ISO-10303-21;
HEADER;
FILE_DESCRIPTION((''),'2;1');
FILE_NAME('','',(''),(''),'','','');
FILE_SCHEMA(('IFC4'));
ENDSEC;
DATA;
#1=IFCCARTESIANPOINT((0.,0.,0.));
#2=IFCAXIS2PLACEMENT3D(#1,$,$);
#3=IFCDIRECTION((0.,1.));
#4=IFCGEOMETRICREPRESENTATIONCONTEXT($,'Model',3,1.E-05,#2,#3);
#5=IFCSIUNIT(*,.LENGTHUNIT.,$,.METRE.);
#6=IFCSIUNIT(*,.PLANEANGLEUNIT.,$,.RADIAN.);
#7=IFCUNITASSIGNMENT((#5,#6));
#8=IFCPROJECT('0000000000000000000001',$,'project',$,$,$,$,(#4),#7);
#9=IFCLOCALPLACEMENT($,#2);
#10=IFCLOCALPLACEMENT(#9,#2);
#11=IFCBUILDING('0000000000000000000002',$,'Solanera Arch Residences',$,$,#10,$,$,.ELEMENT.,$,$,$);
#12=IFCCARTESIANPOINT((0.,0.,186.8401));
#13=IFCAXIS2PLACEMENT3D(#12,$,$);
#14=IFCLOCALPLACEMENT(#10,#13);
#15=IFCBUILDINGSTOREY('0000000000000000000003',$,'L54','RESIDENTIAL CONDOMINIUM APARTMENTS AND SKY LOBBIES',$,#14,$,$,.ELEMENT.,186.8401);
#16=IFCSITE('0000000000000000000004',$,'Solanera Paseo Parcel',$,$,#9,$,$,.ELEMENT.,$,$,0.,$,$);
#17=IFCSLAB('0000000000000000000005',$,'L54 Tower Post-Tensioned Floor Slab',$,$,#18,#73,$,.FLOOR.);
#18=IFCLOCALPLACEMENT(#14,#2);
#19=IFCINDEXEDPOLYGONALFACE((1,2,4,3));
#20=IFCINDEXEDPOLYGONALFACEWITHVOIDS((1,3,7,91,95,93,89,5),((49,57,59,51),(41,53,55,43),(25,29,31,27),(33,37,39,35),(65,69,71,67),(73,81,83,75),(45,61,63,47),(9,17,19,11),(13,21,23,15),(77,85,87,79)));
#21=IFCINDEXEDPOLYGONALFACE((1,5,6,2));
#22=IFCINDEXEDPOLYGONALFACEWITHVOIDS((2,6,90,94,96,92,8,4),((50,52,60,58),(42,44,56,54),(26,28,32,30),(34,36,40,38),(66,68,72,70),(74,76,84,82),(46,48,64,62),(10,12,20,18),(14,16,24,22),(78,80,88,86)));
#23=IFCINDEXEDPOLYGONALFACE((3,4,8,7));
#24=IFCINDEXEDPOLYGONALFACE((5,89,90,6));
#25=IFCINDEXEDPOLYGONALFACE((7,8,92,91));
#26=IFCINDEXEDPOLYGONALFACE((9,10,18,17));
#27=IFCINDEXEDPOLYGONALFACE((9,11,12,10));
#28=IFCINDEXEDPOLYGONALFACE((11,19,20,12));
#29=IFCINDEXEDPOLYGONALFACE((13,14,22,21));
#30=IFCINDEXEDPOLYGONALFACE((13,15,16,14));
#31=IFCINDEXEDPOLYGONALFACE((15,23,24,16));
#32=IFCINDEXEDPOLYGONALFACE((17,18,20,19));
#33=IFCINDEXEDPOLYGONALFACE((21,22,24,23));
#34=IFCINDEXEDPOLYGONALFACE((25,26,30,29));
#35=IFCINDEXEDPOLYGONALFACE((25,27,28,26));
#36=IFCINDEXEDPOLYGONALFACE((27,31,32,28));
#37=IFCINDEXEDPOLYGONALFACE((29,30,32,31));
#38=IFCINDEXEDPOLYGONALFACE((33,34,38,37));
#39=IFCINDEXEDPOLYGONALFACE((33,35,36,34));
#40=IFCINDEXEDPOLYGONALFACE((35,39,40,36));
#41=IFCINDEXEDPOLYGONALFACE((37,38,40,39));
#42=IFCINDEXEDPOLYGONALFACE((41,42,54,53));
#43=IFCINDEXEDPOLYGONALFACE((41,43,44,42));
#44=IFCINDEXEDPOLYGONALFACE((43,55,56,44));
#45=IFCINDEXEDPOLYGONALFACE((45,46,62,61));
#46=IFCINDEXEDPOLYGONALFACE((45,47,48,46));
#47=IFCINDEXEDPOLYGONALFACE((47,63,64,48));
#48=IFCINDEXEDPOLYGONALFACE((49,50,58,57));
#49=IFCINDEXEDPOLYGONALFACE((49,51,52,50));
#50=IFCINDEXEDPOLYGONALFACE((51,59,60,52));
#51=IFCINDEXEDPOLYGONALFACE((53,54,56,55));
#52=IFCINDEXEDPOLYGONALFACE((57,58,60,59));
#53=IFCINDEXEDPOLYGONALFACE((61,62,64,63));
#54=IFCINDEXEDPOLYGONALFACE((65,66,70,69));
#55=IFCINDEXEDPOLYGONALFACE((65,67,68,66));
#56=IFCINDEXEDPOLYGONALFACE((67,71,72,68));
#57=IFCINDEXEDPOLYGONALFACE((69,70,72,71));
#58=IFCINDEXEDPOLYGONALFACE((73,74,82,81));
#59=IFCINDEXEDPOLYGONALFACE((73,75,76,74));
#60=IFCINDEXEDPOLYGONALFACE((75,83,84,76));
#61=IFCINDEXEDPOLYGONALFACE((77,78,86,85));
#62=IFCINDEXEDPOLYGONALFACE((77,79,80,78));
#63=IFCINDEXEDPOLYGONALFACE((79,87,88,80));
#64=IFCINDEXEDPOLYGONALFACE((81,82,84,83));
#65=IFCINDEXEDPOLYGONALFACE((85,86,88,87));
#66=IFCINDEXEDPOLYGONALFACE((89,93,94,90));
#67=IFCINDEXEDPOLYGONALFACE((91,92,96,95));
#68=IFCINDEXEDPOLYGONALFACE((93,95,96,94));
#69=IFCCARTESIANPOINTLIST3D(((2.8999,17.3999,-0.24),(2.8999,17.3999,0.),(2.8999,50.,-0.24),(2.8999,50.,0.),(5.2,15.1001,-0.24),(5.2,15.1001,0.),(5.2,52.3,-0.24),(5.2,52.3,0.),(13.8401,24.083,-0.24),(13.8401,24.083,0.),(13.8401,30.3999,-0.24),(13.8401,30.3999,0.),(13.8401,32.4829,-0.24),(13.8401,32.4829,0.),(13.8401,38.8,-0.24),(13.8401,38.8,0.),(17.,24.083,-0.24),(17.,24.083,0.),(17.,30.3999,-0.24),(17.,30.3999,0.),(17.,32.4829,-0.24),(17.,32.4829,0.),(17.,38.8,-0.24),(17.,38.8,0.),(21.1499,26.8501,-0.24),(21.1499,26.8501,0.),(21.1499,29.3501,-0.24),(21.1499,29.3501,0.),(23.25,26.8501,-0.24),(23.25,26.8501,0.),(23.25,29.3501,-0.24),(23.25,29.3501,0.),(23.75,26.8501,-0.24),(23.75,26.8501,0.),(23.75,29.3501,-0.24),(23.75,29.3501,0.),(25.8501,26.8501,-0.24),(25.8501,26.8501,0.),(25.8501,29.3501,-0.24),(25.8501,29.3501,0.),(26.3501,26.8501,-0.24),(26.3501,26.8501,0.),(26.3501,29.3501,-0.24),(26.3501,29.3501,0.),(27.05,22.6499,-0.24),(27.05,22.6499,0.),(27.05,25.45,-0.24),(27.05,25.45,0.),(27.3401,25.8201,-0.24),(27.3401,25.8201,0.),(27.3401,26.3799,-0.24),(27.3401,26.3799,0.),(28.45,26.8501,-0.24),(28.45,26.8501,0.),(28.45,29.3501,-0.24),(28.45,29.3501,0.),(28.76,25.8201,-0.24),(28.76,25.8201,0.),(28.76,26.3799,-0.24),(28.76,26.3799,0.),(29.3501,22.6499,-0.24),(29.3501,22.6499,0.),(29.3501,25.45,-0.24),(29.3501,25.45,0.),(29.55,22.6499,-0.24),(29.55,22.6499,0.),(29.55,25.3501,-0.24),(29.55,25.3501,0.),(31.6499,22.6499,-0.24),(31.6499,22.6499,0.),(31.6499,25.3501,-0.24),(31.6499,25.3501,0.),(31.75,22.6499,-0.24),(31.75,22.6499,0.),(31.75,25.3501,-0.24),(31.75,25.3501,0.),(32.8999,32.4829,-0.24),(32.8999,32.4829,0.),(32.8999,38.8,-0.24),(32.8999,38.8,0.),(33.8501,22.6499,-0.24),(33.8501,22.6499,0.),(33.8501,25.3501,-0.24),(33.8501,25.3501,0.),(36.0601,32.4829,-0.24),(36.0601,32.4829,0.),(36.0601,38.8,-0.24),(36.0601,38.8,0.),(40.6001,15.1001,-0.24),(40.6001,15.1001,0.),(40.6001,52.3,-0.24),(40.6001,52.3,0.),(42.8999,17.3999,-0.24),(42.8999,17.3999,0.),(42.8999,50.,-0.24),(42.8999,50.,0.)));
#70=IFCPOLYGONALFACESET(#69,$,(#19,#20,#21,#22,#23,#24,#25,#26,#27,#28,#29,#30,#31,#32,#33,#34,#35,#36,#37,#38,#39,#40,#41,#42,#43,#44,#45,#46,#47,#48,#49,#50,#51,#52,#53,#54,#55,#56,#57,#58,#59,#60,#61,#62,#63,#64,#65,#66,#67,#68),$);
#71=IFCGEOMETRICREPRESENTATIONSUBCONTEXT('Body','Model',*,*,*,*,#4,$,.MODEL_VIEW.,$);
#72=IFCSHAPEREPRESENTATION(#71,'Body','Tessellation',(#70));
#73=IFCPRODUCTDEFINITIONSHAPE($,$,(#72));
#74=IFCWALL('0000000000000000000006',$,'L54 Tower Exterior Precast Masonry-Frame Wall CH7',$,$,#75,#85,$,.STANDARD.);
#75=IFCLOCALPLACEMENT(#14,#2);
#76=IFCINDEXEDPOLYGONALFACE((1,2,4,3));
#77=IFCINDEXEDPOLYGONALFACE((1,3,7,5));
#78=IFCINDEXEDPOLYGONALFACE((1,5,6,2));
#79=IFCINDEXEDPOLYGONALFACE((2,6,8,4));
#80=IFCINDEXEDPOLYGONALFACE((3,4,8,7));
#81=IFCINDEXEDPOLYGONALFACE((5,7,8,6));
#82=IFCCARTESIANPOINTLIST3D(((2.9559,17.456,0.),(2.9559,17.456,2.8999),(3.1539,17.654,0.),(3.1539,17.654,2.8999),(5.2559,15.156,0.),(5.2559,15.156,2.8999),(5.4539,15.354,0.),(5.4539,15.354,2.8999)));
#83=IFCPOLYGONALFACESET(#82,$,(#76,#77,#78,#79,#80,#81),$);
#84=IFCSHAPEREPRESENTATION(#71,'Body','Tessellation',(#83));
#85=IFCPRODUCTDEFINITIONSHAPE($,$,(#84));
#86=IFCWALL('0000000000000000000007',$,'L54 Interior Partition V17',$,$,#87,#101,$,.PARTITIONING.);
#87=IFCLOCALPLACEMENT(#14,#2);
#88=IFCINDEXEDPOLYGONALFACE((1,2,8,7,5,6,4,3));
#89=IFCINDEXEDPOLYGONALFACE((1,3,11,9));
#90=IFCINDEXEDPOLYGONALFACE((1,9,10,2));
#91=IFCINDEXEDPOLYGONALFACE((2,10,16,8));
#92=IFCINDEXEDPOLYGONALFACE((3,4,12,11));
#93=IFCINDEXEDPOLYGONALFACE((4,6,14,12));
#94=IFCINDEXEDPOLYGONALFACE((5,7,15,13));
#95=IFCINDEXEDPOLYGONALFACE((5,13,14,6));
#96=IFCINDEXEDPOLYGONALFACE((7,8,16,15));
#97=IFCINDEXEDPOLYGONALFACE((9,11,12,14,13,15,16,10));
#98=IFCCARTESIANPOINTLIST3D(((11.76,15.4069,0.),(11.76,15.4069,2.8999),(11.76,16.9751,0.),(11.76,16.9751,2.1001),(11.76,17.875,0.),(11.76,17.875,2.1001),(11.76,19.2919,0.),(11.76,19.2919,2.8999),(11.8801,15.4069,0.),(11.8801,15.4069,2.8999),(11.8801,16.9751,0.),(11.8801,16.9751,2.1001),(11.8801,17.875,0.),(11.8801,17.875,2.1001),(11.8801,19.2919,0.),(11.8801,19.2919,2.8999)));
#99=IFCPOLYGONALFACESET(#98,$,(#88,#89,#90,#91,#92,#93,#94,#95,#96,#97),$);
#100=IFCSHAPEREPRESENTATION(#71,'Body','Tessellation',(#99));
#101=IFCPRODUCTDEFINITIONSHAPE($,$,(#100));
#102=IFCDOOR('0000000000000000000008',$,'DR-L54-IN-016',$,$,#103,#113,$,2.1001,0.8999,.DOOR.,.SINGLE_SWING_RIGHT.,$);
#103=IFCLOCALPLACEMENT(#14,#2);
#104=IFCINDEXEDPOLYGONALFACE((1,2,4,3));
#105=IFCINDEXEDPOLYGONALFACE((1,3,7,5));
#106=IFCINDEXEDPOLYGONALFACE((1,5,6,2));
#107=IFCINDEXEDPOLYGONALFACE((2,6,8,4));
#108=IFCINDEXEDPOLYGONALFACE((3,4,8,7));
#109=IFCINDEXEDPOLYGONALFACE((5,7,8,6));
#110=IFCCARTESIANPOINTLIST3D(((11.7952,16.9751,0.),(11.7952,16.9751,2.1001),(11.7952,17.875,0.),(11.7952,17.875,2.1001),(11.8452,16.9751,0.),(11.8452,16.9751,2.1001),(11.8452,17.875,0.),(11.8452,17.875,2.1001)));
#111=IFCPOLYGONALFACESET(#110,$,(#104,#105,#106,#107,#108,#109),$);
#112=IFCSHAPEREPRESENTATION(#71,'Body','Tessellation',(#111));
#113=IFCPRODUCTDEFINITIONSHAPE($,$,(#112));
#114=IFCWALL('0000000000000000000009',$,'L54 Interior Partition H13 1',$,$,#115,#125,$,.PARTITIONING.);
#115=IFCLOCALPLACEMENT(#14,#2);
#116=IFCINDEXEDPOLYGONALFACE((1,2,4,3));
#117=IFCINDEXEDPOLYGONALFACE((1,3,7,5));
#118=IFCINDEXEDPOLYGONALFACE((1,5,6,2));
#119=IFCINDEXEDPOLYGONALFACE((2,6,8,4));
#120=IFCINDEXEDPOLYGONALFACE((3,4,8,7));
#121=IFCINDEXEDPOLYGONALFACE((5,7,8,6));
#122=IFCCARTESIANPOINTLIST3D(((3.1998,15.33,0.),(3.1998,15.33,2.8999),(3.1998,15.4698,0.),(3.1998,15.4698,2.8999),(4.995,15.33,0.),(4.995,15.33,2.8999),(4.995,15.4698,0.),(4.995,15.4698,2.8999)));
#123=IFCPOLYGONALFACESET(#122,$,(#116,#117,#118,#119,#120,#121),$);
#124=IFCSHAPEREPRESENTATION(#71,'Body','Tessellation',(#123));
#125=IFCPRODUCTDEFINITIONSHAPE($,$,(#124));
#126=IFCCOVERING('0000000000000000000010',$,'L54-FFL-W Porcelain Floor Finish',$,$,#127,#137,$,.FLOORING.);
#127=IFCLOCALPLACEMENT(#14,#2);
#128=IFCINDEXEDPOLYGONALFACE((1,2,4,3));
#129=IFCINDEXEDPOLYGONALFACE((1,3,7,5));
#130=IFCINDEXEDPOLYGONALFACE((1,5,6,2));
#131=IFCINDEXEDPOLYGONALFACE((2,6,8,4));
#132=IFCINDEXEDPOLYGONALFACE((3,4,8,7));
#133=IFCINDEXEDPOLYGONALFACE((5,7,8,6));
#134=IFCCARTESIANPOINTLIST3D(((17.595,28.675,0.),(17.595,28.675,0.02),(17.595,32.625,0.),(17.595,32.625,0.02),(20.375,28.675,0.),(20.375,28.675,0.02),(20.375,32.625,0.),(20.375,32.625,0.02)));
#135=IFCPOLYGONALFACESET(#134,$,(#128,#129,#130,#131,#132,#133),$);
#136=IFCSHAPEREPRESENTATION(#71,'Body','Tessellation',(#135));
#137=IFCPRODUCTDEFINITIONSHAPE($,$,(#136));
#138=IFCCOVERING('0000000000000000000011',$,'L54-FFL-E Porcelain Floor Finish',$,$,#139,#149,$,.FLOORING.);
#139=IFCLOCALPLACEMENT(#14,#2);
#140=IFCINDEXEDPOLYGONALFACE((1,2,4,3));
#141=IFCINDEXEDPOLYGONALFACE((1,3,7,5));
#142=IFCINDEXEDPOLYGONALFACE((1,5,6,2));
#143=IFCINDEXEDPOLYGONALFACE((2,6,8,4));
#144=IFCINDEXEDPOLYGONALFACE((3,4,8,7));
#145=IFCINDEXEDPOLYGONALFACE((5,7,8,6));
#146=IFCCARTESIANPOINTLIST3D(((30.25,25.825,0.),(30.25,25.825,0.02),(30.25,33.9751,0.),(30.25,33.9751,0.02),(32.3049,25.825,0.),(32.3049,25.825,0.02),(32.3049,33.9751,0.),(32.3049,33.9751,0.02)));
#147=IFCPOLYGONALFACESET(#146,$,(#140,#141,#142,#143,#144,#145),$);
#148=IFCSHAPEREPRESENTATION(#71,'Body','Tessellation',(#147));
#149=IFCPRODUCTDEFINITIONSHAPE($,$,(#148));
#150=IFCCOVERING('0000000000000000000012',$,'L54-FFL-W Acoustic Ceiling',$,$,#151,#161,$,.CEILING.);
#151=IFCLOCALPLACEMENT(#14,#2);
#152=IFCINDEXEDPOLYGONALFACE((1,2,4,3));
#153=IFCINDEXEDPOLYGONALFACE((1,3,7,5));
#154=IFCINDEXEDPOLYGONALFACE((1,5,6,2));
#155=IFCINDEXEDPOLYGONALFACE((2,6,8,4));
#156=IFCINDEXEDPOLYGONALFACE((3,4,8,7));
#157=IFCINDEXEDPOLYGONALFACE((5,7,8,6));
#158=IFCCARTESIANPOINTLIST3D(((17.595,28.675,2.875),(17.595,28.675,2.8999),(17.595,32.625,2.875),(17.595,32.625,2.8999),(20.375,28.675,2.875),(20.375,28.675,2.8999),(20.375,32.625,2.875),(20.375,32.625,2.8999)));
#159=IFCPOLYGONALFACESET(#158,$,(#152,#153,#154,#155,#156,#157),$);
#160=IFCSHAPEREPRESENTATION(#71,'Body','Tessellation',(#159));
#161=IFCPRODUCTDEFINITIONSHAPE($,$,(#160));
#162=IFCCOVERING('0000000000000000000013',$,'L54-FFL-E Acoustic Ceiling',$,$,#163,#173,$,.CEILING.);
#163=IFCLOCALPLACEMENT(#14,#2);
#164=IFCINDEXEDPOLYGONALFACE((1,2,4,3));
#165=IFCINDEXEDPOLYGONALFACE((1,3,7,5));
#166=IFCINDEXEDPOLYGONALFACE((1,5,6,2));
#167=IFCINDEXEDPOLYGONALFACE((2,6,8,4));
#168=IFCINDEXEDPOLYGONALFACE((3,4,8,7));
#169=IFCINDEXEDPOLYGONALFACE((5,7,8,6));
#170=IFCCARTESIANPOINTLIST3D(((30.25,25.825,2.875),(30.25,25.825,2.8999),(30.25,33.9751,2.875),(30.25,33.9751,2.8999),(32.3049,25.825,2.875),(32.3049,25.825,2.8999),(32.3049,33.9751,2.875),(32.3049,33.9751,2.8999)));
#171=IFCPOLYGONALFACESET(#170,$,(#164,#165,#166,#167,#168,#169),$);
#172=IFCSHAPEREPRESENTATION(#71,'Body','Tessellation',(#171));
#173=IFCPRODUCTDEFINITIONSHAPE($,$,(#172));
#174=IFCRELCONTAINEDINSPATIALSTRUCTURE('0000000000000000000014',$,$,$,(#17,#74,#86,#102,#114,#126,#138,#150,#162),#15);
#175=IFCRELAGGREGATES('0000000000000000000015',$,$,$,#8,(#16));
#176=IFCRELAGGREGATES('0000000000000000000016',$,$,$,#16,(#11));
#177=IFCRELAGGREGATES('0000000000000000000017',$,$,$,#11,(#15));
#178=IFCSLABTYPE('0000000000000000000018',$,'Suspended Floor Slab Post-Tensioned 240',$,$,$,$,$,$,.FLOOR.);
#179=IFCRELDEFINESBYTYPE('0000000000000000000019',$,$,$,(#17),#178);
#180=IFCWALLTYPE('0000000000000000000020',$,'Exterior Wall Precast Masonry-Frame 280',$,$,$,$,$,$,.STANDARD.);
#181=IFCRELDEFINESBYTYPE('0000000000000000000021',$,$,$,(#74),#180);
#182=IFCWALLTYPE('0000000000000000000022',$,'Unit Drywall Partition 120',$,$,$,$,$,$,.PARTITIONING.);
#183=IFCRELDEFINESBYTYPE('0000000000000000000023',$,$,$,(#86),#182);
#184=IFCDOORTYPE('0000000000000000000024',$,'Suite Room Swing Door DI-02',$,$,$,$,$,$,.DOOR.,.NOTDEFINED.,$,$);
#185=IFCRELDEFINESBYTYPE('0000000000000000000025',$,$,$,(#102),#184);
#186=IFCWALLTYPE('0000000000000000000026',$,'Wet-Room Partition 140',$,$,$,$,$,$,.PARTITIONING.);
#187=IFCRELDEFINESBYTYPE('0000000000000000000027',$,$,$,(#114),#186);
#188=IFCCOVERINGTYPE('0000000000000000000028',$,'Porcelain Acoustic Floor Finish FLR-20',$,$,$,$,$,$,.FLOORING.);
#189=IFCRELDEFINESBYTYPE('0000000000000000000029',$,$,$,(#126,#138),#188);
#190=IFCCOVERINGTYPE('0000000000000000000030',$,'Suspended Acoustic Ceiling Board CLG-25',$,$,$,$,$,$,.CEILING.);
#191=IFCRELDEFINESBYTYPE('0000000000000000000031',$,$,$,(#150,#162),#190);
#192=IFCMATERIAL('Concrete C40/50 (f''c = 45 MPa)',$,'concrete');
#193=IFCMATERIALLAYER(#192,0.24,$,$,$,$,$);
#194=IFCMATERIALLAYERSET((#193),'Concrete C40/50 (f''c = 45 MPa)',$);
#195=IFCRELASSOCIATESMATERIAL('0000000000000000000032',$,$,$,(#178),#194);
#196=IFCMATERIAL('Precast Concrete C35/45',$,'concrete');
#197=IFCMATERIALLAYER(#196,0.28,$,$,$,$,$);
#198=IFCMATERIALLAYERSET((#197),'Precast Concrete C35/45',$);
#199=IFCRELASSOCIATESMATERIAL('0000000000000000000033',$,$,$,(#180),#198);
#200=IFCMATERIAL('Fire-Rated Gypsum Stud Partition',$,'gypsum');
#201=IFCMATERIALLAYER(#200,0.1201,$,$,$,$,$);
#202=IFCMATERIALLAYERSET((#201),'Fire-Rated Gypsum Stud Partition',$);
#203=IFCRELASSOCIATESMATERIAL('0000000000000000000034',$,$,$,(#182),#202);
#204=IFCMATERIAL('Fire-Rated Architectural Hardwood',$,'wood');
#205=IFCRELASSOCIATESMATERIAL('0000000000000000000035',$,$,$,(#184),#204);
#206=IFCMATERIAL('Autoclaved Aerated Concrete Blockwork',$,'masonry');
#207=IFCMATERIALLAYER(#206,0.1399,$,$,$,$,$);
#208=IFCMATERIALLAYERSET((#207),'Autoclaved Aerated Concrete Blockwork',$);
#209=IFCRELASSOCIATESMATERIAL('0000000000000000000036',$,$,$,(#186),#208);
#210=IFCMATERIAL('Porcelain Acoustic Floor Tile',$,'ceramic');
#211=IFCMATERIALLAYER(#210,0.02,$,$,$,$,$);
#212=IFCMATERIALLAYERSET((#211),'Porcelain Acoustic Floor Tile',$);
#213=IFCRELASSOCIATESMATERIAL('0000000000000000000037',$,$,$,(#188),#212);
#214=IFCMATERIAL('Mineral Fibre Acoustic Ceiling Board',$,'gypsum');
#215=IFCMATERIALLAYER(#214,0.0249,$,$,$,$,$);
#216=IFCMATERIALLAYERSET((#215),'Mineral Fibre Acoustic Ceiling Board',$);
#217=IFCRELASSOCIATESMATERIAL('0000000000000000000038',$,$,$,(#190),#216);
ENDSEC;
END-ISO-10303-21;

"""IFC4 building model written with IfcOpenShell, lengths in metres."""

from ifc_helpers import new_model, si_unit, direction, frame, frame_2d, origin, place, context, subcontext, project, spatial, polyline, rectangle, outline, extrude, material, layer, layer_set, type_object, element, fill, save


model = new_model("IFC4")

# Units and contexts
model_context = context("Model", 3, precision=1e-05, world=origin(), true_north=direction((0.0, 1.0)))
body_context = subcontext(model_context, "Body", "Model", "MODEL_VIEW")
ifc_project = project(units=[si_unit("LENGTHUNIT", "METRE"), si_unit("PLANEANGLEUNIT", "RADIAN")], contexts=[model_context])

# Site, building, storey
site_placement = place(None, origin())
site = spatial("IfcSite", under=ifc_project, at=site_placement, Name="Solanera Paseo Parcel", CompositionType="ELEMENT", RefElevation=0.0)
building_placement = place(site_placement, origin())
building = spatial("IfcBuilding", under=site, at=building_placement, Name="Solanera Arch Residences", CompositionType="ELEMENT")
storey_placement = place(building_placement, frame((0.0, 0.0, 186.8401)))
storey = spatial("IfcBuildingStorey", under=building, at=storey_placement, Name="L54", Description="RESIDENTIAL CONDOMINIUM APARTMENTS AND SKY LOBBIES", CompositionType="ELEMENT", Elevation=186.8401)

# Slab
ifc_material_1 = material(Name="Concrete C40/50 (f'c = 45 MPa)", Category="concrete")
ifc_layer_1 = layer(ifc_material_1, 0.24)
ifc_layer_set_1 = layer_set([ifc_layer_1], Name="Concrete C40/50 (f'c = 45 MPa)")
slab_type_1 = type_object("IfcSlabType", Name="Suspended Floor Slab Post-Tensioned 240", PredefinedType="FLOOR", material=ifc_layer_set_1)
slab_1_placement = place(storey_placement, frame((0.0, 0.0, -0.24)))
element("IfcSlab", 1, at=slab_1_placement, inside=storey, type_object=slab_type_1, Name="L54 Tower Post-Tensioned Floor Slab", PredefinedType="FLOOR", context=body_context, shape_type="SweptSolid", body=[
    extrude(outline(polyline([(5.2, 15.1001), (40.6001, 15.1001), (42.8999, 17.3999), (42.8999, 50.0), (40.6001, 52.3), (5.2, 52.3), (2.8999, 50.0), (2.8999, 17.3999), (5.2, 15.1001)]), holes=[polyline([(13.8401, 32.4829), (13.8401, 38.8), (17.0, 38.8), (17.0, 32.4829), (13.8401, 32.4829)]), polyline([(32.8999, 32.4829), (32.8999, 38.8), (36.0601, 38.8), (36.0601, 32.4829), (32.8999, 32.4829)]), polyline([(13.8401, 24.083), (13.8401, 30.3999), (17.0, 30.3999), (17.0, 24.083), (13.8401, 24.083)]), polyline([(21.1499, 29.3501), (23.25, 29.3501), (23.25, 26.8501), (21.1499, 26.8501), (21.1499, 29.3501)]), polyline([(23.75, 29.3501), (25.8501, 29.3501), (25.8501, 26.8501), (23.75, 26.8501), (23.75, 29.3501)]), polyline([(26.3501, 29.3501), (28.45, 29.3501), (28.45, 26.8501), (26.3501, 26.8501), (26.3501, 29.3501)]), polyline([(29.55, 25.3501), (31.6499, 25.3501), (31.6499, 22.6499), (29.55, 22.6499), (29.55, 25.3501)]), polyline([(31.75, 25.3501), (33.8501, 25.3501), (33.8501, 22.6499), (31.75, 22.6499), (31.75, 25.3501)]), polyline([(27.05, 25.45), (29.3501, 25.45), (29.3501, 22.6499), (27.05, 22.6499), (27.05, 25.45)]), polyline([(27.3401, 26.3799), (28.76, 26.3799), (28.76, 25.8201), (27.3401, 25.8201), (27.3401, 26.3799)])]), origin(), (0.0, 0.0, 1.0), 0.24),
])

# Wall
ifc_material_2 = material(Name="Precast Concrete C35/45", Category="concrete")
ifc_layer_2 = layer(ifc_material_2, 0.28)
ifc_layer_set_2 = layer_set([ifc_layer_2], Name="Precast Concrete C35/45")
wall_type_1 = type_object("IfcWallType", Name="Exterior Wall Precast Masonry-Frame 280", PredefinedType="STANDARD", material=ifc_layer_set_2)
wall_1_placement = place(storey_placement, frame((5.355, 15.2549, 0.0), z_axis=(0.0, 0.0, 1.0), x_axis=(-0.707107, 0.707107, 0.0)))
element("IfcWall", 2, at=wall_1_placement, inside=storey, type_object=wall_type_1, Name="L54 Tower Exterior Precast Masonry-Frame Wall CH7", PredefinedType="STANDARD", context=body_context, shape_type="SweptSolid", body=[
    extrude(rectangle(XDim=3.2527, YDim=0.28, at=frame_2d((1.6265, 0.0))), origin(), (0.0, 0.0, 1.0), 2.8999),
])

# Wall, opening, door
ifc_material_3 = material(Name="Fire-Rated Gypsum Stud Partition", Category="gypsum")
ifc_layer_3 = layer(ifc_material_3, 0.1201)
ifc_layer_set_3 = layer_set([ifc_layer_3], Name="Fire-Rated Gypsum Stud Partition")
wall_type_2 = type_object("IfcWallType", Name="Unit Drywall Partition 120", PredefinedType="PARTITIONING", material=ifc_layer_set_3)
wall_2_placement = place(storey_placement, frame((11.8201, 15.407, 0.0), z_axis=(0.0, 0.0, 1.0), x_axis=(0.0, 1.0, 0.0)))
wall_2 = element("IfcWall", 3, at=wall_2_placement, inside=storey, type_object=wall_type_2, Name="L54 Interior Partition V17", PredefinedType="PARTITIONING", context=body_context, shape_type="SweptSolid", body=[
    extrude(rectangle(XDim=3.885, YDim=0.1201, at=frame_2d((1.9424, 0.0))), origin(), (0.0, 0.0, 1.0), 2.8999),
])
opening_placement = place(wall_2_placement, frame((1.5681, 0.0, 0.0)))
opening = element("IfcOpeningElement", 4, at=opening_placement, cuts=wall_2, PredefinedType="OPENING", context=body_context, shape_type="SweptSolid", body=[
    extrude(rectangle(XDim=0.8999, YDim=2.1001, at=frame_2d((0.45, 1.05))), frame((0.0, 0.0701, 0.0), z_axis=(0.0, -1.0, 0.0), x_axis=(1.0, 0.0, 0.0)), (0.0, 0.0, 1.0), 0.1401),
])
ifc_material_4 = material(Name="Fire-Rated Architectural Hardwood", Category="wood")
door_type = type_object("IfcDoorType", Name="Suite Room Swing Door DI-02", OperationType="NOTDEFINED", PredefinedType="DOOR", material=ifc_material_4)
door_placement = place(opening_placement, origin())
door = element("IfcDoor", 5, at=door_placement, inside=storey, type_object=door_type, Name="DR-L54-IN-016", OperationType="SINGLE_SWING_RIGHT", OverallHeight=2.1001, OverallWidth=0.8999, PredefinedType="DOOR", context=body_context, shape_type="SweptSolid", body=[
    extrude(rectangle(XDim=0.8999, YDim=2.1001, at=frame_2d((0.45, 1.05))), frame((0.0, 0.0249, 0.0), z_axis=(0.0, -1.0, 0.0), x_axis=(1.0, 0.0, 0.0)), (0.0, 0.0, 1.0), 0.05),
])
fill(opening, door)

# Wall
ifc_material_5 = material(Name="Autoclaved Aerated Concrete Blockwork", Category="masonry")
ifc_layer_4 = layer(ifc_material_5, 0.1399)
ifc_layer_set_4 = layer_set([ifc_layer_4], Name="Autoclaved Aerated Concrete Blockwork")
wall_type_3 = type_object("IfcWallType", Name="Wet-Room Partition 140", PredefinedType="PARTITIONING", material=ifc_layer_set_4)
wall_3_placement = place(storey_placement, frame((3.2, 15.3999, 0.0), z_axis=(0.0, 0.0, 1.0), x_axis=(1.0, 0.0, 0.0)))
element("IfcWall", 6, at=wall_3_placement, inside=storey, type_object=wall_type_3, Name="L54 Interior Partition H13 1", PredefinedType="PARTITIONING", context=body_context, shape_type="SweptSolid", body=[
    extrude(rectangle(XDim=1.7952, YDim=0.1399, at=frame_2d((0.8975, 0.0))), origin(), (0.0, 0.0, 1.0), 2.8999),
])

# Coverings
ifc_material_6 = material(Name="Porcelain Acoustic Floor Tile", Category="ceramic")
ifc_layer_5 = layer(ifc_material_6, 0.02)
ifc_layer_set_5 = layer_set([ifc_layer_5], Name="Porcelain Acoustic Floor Tile")
covering_type_1 = type_object("IfcCoveringType", Name="Porcelain Acoustic Floor Finish FLR-20", PredefinedType="FLOORING", material=ifc_layer_set_5)
covering_1_placement = place(storey_placement, origin())
element("IfcCovering", 7, at=covering_1_placement, inside=storey, type_object=covering_type_1, Name="L54-FFL-W Porcelain Floor Finish", PredefinedType="FLOORING", context=body_context, shape_type="SweptSolid", body=[
    extrude(outline(polyline([(20.375, 28.675), (17.595, 28.675), (17.595, 32.625), (20.375, 32.625), (20.375, 28.675)])), origin(), (0.0, 0.0, 1.0), 0.02),
])
covering_2_placement = place(storey_placement, origin())
element("IfcCovering", 8, at=covering_2_placement, inside=storey, type_object=covering_type_1, Name="L54-FFL-E Porcelain Floor Finish", PredefinedType="FLOORING", context=body_context, shape_type="SweptSolid", body=[
    extrude(outline(polyline([(32.3049, 25.825), (30.25, 25.825), (30.25, 33.9751), (32.3049, 33.9751), (32.3049, 25.825)])), origin(), (0.0, 0.0, 1.0), 0.02),
])
ifc_material_7 = material(Name="Mineral Fibre Acoustic Ceiling Board", Category="gypsum")
ifc_layer_6 = layer(ifc_material_7, 0.0249)
ifc_layer_set_6 = layer_set([ifc_layer_6], Name="Mineral Fibre Acoustic Ceiling Board")
covering_type_2 = type_object("IfcCoveringType", Name="Suspended Acoustic Ceiling Board CLG-25", PredefinedType="CEILING", material=ifc_layer_set_6)
covering_3_placement = place(storey_placement, frame((0.0, 0.0, 2.875)))
element("IfcCovering", 9, at=covering_3_placement, inside=storey, type_object=covering_type_2, Name="L54-FFL-W Acoustic Ceiling", PredefinedType="CEILING", context=body_context, shape_type="SweptSolid", body=[
    extrude(outline(polyline([(20.375, 28.675), (17.595, 28.675), (17.595, 32.625), (20.375, 32.625), (20.375, 28.675)])), origin(), (0.0, 0.0, 1.0), 0.0249),
])
covering_4_placement = place(storey_placement, frame((0.0, 0.0, 2.875)))
element("IfcCovering", 10, at=covering_4_placement, inside=storey, type_object=covering_type_2, Name="L54-FFL-E Acoustic Ceiling", PredefinedType="CEILING", context=body_context, shape_type="SweptSolid", body=[
    extrude(outline(polyline([(32.3049, 25.825), (30.25, 25.825), (30.25, 33.9751), (32.3049, 33.9751), (32.3049, 25.825)])), origin(), (0.0, 0.0, 1.0), 0.0249),
])

save(model, "model.ifc")
